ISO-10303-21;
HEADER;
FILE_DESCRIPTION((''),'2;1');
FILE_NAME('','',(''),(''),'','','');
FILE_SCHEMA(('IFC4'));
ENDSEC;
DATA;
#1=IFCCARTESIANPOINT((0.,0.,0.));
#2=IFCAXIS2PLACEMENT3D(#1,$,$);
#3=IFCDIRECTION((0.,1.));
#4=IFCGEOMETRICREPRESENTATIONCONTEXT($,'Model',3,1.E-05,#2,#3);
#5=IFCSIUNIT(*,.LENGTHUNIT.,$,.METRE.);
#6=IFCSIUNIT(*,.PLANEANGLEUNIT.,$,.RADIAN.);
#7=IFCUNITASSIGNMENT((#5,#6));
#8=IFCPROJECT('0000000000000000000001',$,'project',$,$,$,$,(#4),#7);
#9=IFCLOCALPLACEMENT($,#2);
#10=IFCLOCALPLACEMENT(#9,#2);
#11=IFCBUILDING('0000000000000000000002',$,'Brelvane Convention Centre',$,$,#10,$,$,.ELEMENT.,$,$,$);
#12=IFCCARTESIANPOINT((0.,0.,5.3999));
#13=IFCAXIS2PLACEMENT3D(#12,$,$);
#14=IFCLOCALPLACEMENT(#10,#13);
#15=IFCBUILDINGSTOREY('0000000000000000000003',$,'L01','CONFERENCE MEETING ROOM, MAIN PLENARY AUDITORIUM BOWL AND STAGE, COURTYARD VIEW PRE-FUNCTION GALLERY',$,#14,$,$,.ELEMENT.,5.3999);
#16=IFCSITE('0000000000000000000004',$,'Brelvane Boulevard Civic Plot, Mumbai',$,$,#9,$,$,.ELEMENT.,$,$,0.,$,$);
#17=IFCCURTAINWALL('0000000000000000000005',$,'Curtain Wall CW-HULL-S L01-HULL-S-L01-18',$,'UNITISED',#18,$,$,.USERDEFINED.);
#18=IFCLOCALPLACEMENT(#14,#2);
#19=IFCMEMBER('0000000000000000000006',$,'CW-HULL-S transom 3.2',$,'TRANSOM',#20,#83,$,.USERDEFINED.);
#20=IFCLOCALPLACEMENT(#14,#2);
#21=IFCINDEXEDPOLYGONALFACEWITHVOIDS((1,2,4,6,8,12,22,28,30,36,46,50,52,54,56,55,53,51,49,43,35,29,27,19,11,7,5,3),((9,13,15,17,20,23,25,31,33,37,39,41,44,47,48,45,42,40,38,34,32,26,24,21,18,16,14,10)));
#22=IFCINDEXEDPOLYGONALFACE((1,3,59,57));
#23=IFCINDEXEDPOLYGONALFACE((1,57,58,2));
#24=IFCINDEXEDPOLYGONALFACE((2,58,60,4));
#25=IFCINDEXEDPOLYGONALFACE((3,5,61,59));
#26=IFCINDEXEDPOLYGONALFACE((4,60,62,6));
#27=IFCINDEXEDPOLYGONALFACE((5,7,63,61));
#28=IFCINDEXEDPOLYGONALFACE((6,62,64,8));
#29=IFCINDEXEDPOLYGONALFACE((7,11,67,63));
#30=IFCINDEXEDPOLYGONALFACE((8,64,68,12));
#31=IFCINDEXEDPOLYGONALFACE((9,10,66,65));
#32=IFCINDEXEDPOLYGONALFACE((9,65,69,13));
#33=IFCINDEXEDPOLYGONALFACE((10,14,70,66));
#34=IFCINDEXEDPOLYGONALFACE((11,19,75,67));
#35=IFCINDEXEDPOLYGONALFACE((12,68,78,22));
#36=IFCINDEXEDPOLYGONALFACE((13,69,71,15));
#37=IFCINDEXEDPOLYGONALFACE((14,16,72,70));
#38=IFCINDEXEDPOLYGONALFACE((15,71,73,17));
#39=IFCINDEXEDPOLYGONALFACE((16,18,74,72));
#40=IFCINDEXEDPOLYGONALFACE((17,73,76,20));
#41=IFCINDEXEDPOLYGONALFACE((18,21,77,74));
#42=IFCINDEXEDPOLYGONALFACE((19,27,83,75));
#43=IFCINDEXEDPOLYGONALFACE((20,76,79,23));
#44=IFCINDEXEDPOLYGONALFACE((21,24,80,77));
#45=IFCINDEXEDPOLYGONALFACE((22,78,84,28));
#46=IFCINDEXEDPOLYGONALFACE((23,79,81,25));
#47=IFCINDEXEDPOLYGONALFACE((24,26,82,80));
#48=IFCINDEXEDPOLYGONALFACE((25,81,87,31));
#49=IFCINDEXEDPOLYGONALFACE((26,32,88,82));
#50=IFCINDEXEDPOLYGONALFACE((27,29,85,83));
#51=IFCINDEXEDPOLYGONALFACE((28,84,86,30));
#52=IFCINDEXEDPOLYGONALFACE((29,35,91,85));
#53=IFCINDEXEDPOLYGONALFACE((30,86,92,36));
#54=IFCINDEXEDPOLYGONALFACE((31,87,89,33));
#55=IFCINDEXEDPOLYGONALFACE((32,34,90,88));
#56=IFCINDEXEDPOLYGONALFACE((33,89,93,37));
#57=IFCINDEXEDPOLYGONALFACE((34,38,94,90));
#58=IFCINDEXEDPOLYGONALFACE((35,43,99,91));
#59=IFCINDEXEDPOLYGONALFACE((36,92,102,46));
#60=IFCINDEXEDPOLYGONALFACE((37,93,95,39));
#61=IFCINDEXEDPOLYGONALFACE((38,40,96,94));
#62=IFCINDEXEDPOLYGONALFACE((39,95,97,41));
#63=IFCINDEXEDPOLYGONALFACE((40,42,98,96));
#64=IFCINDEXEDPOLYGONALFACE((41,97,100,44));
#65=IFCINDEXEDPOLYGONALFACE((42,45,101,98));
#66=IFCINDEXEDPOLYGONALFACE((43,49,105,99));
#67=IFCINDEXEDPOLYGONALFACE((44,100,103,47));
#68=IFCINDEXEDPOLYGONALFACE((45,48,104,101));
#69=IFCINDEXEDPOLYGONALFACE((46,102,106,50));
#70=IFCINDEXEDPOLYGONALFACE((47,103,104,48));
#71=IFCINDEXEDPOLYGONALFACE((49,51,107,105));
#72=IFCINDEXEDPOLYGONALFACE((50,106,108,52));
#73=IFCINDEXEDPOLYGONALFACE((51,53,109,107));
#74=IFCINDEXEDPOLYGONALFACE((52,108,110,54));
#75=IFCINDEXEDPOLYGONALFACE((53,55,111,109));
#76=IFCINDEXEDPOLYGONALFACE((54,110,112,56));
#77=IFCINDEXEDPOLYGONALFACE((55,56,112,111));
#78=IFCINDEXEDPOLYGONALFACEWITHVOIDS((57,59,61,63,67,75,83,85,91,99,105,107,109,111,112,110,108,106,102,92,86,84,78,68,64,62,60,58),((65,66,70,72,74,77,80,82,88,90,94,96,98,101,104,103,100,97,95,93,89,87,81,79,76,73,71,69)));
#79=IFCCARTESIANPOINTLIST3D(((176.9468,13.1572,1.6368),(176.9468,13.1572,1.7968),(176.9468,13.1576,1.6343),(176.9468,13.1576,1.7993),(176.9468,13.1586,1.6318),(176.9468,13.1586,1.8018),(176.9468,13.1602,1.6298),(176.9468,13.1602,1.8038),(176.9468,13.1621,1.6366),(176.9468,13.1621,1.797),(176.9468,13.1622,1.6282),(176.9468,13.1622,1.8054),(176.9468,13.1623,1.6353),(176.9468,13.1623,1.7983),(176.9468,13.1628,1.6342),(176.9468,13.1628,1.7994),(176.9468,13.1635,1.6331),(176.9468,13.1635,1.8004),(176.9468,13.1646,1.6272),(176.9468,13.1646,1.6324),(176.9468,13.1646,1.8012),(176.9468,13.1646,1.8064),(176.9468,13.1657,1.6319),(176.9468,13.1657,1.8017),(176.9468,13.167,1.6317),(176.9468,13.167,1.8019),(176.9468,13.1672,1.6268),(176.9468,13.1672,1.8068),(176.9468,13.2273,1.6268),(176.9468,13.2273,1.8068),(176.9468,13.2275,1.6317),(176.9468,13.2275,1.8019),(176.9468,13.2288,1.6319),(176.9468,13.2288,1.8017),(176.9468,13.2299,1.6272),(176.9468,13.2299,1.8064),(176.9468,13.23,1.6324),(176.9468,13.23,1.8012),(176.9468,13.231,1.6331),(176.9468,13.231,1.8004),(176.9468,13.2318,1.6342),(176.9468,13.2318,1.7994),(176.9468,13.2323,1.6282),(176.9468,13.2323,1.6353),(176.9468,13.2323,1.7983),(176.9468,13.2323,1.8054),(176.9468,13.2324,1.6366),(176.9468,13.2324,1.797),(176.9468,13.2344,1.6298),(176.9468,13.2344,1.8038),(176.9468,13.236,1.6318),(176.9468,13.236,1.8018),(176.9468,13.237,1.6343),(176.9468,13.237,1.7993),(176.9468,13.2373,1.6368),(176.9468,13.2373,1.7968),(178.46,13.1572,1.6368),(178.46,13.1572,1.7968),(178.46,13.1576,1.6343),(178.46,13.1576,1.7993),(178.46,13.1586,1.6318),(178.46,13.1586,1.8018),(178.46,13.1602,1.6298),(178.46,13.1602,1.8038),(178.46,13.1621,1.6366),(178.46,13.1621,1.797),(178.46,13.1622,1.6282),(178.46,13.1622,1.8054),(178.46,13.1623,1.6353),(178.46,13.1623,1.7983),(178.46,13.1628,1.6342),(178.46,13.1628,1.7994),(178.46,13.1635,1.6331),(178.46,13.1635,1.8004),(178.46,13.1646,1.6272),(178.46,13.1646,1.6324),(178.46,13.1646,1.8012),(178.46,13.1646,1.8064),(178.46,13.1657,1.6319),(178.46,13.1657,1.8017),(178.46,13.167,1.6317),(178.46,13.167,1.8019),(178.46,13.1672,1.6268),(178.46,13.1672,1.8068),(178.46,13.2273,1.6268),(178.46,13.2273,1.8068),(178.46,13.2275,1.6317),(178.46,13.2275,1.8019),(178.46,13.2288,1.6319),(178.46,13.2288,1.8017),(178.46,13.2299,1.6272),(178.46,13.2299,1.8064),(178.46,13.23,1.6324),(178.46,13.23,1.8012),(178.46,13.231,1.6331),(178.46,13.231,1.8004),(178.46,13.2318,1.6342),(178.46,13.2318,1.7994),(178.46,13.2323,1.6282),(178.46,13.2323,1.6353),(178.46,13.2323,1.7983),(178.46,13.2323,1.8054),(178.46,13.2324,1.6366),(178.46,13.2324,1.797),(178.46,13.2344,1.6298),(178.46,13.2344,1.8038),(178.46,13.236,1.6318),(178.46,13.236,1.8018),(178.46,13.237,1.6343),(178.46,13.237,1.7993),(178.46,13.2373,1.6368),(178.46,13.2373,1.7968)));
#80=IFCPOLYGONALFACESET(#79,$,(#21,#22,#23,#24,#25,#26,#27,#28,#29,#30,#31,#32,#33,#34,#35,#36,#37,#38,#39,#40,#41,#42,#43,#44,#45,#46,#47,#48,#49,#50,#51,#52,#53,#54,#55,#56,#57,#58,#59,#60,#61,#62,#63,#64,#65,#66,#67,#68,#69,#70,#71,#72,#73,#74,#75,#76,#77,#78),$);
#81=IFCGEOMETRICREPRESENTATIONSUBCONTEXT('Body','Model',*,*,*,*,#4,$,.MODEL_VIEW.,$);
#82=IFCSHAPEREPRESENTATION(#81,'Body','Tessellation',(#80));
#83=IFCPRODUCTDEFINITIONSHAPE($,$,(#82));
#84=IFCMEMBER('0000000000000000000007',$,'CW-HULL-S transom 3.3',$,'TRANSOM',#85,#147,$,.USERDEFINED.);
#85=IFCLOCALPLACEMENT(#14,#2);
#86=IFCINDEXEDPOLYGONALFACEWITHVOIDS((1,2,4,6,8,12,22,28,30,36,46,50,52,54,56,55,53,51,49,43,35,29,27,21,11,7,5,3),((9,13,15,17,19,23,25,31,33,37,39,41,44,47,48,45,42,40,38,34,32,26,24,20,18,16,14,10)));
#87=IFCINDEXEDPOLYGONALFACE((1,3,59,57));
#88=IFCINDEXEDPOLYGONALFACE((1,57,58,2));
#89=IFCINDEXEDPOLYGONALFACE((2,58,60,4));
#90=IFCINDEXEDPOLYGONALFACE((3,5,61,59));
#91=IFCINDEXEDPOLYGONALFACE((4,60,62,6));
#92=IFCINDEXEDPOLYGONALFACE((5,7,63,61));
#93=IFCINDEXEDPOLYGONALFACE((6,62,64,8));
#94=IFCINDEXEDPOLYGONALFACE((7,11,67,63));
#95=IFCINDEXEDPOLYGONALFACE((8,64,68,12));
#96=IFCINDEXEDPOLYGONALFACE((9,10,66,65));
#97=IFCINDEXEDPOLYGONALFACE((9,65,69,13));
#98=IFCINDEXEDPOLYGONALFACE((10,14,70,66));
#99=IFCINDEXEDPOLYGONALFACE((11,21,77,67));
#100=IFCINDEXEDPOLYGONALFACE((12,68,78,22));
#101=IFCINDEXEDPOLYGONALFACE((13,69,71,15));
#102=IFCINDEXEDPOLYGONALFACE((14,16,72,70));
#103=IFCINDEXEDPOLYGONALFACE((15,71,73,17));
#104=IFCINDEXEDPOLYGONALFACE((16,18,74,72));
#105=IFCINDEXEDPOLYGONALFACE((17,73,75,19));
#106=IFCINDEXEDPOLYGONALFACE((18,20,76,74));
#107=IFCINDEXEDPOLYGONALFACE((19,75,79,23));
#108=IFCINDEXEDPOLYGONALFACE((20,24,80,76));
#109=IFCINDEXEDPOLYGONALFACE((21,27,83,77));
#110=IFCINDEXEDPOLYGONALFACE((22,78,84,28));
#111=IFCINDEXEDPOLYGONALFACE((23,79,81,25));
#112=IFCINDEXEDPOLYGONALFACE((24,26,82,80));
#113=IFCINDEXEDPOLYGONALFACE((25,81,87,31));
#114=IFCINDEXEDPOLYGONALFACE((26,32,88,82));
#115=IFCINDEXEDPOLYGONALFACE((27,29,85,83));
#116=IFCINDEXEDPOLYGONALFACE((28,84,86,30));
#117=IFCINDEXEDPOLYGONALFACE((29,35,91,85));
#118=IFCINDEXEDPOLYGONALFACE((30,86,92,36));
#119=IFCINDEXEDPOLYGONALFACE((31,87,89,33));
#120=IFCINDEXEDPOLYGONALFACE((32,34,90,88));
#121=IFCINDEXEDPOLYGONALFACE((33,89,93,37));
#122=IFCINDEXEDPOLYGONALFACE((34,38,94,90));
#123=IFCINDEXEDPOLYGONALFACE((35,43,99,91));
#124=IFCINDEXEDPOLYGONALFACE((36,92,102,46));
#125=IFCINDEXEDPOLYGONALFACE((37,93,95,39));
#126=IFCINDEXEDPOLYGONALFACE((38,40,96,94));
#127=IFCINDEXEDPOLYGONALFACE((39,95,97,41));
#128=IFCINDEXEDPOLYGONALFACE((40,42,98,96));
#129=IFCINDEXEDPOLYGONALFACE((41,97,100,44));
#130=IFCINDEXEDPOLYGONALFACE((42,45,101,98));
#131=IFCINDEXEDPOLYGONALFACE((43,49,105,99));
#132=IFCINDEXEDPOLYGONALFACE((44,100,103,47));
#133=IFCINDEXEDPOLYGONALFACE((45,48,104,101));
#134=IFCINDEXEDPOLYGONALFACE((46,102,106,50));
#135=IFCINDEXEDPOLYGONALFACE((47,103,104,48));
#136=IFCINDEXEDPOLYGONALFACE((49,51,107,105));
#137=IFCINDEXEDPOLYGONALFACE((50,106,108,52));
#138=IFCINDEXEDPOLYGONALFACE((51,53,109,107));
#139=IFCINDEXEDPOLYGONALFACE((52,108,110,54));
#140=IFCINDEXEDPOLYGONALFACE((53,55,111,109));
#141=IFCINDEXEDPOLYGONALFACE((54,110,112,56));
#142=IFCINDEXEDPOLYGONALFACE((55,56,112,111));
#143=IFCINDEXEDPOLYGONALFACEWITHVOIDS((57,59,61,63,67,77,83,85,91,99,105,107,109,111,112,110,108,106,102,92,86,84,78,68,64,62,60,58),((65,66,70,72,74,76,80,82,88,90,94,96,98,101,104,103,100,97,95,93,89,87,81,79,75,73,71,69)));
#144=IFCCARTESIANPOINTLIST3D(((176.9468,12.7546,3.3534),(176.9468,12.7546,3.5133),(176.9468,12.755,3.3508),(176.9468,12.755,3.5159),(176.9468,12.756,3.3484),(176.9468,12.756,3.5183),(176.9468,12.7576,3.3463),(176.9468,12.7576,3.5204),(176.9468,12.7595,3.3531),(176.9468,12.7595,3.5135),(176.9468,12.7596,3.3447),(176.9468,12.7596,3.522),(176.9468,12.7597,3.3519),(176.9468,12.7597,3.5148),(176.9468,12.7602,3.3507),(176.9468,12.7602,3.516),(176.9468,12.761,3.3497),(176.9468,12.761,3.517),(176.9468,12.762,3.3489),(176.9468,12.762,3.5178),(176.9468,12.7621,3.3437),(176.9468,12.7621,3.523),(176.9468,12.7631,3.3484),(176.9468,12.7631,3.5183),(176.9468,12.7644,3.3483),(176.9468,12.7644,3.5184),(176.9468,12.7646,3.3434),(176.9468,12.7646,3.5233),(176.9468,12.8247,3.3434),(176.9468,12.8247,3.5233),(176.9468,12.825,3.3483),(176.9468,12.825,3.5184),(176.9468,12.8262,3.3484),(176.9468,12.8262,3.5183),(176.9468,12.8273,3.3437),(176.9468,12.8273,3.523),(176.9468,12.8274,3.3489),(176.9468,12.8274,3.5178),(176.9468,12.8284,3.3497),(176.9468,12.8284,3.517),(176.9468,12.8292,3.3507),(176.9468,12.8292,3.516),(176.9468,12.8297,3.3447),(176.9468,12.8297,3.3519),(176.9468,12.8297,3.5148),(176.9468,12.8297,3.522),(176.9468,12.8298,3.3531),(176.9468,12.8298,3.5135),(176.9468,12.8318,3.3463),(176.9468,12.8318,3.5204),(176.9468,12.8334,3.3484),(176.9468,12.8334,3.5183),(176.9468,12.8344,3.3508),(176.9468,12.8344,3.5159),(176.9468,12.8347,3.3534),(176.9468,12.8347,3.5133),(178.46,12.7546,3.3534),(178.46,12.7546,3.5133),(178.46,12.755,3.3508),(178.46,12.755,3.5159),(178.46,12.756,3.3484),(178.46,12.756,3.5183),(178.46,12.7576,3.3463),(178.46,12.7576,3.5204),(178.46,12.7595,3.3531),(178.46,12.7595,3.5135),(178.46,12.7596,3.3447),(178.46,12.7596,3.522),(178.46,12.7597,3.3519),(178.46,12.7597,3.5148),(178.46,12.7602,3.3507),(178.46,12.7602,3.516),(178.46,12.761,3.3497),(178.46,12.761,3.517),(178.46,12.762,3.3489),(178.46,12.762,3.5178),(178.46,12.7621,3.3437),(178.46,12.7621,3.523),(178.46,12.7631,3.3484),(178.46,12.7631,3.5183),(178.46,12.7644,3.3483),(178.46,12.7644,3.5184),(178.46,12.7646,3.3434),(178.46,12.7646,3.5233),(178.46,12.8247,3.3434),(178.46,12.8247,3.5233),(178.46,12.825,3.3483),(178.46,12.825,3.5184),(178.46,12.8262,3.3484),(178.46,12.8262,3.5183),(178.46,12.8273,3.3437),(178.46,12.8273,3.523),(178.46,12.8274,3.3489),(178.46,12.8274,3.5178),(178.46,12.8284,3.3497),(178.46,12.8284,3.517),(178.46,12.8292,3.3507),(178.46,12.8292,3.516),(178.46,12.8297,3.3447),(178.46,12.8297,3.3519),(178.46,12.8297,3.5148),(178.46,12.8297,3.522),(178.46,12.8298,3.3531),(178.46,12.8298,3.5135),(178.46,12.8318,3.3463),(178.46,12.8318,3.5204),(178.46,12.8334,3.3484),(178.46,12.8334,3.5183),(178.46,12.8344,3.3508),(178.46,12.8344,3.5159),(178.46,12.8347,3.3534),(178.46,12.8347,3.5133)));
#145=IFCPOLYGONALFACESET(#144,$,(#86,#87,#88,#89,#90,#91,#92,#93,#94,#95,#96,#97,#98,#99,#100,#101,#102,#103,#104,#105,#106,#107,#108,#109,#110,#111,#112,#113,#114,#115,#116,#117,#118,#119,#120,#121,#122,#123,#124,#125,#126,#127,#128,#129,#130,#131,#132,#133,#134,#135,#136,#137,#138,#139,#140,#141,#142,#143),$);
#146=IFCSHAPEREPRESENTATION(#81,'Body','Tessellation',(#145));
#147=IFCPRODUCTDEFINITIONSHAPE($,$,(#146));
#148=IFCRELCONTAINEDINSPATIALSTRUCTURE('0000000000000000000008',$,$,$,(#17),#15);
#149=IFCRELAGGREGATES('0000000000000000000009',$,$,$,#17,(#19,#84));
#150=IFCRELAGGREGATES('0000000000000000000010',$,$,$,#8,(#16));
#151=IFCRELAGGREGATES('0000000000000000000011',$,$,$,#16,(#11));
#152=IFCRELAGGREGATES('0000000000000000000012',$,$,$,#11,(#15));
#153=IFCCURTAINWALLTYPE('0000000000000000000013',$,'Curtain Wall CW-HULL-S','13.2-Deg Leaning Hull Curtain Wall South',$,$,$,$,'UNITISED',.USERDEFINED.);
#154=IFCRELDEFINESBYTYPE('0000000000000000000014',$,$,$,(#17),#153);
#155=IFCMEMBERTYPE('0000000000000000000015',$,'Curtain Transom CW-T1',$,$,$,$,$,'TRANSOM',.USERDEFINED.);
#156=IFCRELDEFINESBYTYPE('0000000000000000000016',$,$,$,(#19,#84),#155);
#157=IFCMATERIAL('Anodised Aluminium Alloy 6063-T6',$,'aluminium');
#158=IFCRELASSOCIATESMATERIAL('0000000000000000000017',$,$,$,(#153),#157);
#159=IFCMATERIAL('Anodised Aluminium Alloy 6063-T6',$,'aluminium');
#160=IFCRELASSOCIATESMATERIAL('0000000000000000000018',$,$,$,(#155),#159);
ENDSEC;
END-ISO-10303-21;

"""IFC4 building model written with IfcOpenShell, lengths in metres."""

from ifc_helpers import new_model, si_unit, direction, frame, origin, origin_2d, place, context, subcontext, project, spatial, hollow_rectangle, extrude, material, material_profile, profile_set, type_object, element, aggregate, save


model = new_model("IFC4")

# Units and contexts
model_context = context("Model", 3, precision=1e-05, world=origin(), true_north=direction((0.0, 1.0)))
body_context = subcontext(model_context, "Body", "Model", "MODEL_VIEW")
ifc_project = project(units=[si_unit("LENGTHUNIT", "METRE"), si_unit("PLANEANGLEUNIT", "RADIAN")], contexts=[model_context])

# Site, building, storey
site_placement = place(None, origin())
site = spatial("IfcSite", under=ifc_project, at=site_placement, Name="Brelvane Boulevard Civic Plot, Mumbai", CompositionType="ELEMENT", RefElevation=0.0)
building_placement = place(site_placement, origin())
building = spatial("IfcBuilding", under=site, at=building_placement, Name="Brelvane Convention Centre", CompositionType="ELEMENT")
storey_placement = place(building_placement, frame((0.0, 0.0, 5.3999)))
storey = spatial("IfcBuildingStorey", under=building, at=storey_placement, Name="L01", Description="CONFERENCE MEETING ROOM, MAIN PLENARY AUDITORIUM BOWL AND STAGE, COURTYARD VIEW PRE-FUNCTION GALLERY", CompositionType="ELEMENT", Elevation=5.3999)

# Curtain wall, members
ifc_material_1 = material(Name="Anodised Aluminium Alloy 6063-T6", Category="aluminium")
curtain_wall_type = type_object("IfcCurtainWallType", Name="Curtain Wall CW-HULL-S", Description="13.2-Deg Leaning Hull Curtain Wall South", ElementType="UNITISED", PredefinedType="USERDEFINED", material=ifc_material_1)
ifc_material_2 = material(Name="Anodised Aluminium Alloy 6063-T6", Category="aluminium")
ifc_material_profile = material_profile(ifc_material_2, hollow_rectangle(XDim=0.0801, YDim=0.1799, WallThickness=0.0049, InnerFilletRadius=0.0049, OuterFilletRadius=0.01, at=origin_2d()), Name="ALU-T 180x80x5.0")
ifc_profile_set = profile_set([ifc_material_profile], Name="Anodised Aluminium Alloy 6063-T6")
member_type = type_object("IfcMemberType", Name="Curtain Transom CW-T1", ElementType="TRANSOM", PredefinedType="USERDEFINED", material=ifc_profile_set)
curtain_wall_1_placement = place(storey_placement, origin())
curtain_wall_1 = element("IfcCurtainWall", 1, at=curtain_wall_1_placement, inside=storey, type_object=curtain_wall_type, Name="Curtain Wall CW-HULL-S L01-HULL-S-L01-18", ObjectType="UNITISED", PredefinedType="USERDEFINED")
member_1_placement = place(storey_placement, frame((176.9468, 13.1973, 1.7168), z_axis=(1.0, 0.0, 0.0), x_axis=(0.0, 1.0, 0.0)))
member_1 = element("IfcMember", 2, at=member_1_placement, type_object=member_type, Name="CW-HULL-S transom 3.2", ObjectType="TRANSOM", PredefinedType="USERDEFINED", context=body_context, shape_type="SweptSolid", body=[
    extrude(hollow_rectangle(XDim=0.0801, YDim=0.1799, WallThickness=0.0049, InnerFilletRadius=0.0049, OuterFilletRadius=0.01, at=origin_2d()), origin(), (0.0, 0.0, 1.0), 1.5132),
])
member_2_placement = place(storey_placement, frame((176.9468, 12.7947, 3.4333), z_axis=(1.0, 0.0, 0.0), x_axis=(0.0, 1.0, 0.0)))
member_2 = element("IfcMember", 3, at=member_2_placement, type_object=member_type, Name="CW-HULL-S transom 3.3", ObjectType="TRANSOM", PredefinedType="USERDEFINED", context=body_context, shape_type="SweptSolid", body=[
    extrude(hollow_rectangle(XDim=0.0801, YDim=0.1799, WallThickness=0.0049, InnerFilletRadius=0.0049, OuterFilletRadius=0.01, at=origin_2d()), origin(), (0.0, 0.0, 1.0), 1.5132),
])

aggregate(curtain_wall_1, [member_1, member_2])

save(model, "model.ifc")
